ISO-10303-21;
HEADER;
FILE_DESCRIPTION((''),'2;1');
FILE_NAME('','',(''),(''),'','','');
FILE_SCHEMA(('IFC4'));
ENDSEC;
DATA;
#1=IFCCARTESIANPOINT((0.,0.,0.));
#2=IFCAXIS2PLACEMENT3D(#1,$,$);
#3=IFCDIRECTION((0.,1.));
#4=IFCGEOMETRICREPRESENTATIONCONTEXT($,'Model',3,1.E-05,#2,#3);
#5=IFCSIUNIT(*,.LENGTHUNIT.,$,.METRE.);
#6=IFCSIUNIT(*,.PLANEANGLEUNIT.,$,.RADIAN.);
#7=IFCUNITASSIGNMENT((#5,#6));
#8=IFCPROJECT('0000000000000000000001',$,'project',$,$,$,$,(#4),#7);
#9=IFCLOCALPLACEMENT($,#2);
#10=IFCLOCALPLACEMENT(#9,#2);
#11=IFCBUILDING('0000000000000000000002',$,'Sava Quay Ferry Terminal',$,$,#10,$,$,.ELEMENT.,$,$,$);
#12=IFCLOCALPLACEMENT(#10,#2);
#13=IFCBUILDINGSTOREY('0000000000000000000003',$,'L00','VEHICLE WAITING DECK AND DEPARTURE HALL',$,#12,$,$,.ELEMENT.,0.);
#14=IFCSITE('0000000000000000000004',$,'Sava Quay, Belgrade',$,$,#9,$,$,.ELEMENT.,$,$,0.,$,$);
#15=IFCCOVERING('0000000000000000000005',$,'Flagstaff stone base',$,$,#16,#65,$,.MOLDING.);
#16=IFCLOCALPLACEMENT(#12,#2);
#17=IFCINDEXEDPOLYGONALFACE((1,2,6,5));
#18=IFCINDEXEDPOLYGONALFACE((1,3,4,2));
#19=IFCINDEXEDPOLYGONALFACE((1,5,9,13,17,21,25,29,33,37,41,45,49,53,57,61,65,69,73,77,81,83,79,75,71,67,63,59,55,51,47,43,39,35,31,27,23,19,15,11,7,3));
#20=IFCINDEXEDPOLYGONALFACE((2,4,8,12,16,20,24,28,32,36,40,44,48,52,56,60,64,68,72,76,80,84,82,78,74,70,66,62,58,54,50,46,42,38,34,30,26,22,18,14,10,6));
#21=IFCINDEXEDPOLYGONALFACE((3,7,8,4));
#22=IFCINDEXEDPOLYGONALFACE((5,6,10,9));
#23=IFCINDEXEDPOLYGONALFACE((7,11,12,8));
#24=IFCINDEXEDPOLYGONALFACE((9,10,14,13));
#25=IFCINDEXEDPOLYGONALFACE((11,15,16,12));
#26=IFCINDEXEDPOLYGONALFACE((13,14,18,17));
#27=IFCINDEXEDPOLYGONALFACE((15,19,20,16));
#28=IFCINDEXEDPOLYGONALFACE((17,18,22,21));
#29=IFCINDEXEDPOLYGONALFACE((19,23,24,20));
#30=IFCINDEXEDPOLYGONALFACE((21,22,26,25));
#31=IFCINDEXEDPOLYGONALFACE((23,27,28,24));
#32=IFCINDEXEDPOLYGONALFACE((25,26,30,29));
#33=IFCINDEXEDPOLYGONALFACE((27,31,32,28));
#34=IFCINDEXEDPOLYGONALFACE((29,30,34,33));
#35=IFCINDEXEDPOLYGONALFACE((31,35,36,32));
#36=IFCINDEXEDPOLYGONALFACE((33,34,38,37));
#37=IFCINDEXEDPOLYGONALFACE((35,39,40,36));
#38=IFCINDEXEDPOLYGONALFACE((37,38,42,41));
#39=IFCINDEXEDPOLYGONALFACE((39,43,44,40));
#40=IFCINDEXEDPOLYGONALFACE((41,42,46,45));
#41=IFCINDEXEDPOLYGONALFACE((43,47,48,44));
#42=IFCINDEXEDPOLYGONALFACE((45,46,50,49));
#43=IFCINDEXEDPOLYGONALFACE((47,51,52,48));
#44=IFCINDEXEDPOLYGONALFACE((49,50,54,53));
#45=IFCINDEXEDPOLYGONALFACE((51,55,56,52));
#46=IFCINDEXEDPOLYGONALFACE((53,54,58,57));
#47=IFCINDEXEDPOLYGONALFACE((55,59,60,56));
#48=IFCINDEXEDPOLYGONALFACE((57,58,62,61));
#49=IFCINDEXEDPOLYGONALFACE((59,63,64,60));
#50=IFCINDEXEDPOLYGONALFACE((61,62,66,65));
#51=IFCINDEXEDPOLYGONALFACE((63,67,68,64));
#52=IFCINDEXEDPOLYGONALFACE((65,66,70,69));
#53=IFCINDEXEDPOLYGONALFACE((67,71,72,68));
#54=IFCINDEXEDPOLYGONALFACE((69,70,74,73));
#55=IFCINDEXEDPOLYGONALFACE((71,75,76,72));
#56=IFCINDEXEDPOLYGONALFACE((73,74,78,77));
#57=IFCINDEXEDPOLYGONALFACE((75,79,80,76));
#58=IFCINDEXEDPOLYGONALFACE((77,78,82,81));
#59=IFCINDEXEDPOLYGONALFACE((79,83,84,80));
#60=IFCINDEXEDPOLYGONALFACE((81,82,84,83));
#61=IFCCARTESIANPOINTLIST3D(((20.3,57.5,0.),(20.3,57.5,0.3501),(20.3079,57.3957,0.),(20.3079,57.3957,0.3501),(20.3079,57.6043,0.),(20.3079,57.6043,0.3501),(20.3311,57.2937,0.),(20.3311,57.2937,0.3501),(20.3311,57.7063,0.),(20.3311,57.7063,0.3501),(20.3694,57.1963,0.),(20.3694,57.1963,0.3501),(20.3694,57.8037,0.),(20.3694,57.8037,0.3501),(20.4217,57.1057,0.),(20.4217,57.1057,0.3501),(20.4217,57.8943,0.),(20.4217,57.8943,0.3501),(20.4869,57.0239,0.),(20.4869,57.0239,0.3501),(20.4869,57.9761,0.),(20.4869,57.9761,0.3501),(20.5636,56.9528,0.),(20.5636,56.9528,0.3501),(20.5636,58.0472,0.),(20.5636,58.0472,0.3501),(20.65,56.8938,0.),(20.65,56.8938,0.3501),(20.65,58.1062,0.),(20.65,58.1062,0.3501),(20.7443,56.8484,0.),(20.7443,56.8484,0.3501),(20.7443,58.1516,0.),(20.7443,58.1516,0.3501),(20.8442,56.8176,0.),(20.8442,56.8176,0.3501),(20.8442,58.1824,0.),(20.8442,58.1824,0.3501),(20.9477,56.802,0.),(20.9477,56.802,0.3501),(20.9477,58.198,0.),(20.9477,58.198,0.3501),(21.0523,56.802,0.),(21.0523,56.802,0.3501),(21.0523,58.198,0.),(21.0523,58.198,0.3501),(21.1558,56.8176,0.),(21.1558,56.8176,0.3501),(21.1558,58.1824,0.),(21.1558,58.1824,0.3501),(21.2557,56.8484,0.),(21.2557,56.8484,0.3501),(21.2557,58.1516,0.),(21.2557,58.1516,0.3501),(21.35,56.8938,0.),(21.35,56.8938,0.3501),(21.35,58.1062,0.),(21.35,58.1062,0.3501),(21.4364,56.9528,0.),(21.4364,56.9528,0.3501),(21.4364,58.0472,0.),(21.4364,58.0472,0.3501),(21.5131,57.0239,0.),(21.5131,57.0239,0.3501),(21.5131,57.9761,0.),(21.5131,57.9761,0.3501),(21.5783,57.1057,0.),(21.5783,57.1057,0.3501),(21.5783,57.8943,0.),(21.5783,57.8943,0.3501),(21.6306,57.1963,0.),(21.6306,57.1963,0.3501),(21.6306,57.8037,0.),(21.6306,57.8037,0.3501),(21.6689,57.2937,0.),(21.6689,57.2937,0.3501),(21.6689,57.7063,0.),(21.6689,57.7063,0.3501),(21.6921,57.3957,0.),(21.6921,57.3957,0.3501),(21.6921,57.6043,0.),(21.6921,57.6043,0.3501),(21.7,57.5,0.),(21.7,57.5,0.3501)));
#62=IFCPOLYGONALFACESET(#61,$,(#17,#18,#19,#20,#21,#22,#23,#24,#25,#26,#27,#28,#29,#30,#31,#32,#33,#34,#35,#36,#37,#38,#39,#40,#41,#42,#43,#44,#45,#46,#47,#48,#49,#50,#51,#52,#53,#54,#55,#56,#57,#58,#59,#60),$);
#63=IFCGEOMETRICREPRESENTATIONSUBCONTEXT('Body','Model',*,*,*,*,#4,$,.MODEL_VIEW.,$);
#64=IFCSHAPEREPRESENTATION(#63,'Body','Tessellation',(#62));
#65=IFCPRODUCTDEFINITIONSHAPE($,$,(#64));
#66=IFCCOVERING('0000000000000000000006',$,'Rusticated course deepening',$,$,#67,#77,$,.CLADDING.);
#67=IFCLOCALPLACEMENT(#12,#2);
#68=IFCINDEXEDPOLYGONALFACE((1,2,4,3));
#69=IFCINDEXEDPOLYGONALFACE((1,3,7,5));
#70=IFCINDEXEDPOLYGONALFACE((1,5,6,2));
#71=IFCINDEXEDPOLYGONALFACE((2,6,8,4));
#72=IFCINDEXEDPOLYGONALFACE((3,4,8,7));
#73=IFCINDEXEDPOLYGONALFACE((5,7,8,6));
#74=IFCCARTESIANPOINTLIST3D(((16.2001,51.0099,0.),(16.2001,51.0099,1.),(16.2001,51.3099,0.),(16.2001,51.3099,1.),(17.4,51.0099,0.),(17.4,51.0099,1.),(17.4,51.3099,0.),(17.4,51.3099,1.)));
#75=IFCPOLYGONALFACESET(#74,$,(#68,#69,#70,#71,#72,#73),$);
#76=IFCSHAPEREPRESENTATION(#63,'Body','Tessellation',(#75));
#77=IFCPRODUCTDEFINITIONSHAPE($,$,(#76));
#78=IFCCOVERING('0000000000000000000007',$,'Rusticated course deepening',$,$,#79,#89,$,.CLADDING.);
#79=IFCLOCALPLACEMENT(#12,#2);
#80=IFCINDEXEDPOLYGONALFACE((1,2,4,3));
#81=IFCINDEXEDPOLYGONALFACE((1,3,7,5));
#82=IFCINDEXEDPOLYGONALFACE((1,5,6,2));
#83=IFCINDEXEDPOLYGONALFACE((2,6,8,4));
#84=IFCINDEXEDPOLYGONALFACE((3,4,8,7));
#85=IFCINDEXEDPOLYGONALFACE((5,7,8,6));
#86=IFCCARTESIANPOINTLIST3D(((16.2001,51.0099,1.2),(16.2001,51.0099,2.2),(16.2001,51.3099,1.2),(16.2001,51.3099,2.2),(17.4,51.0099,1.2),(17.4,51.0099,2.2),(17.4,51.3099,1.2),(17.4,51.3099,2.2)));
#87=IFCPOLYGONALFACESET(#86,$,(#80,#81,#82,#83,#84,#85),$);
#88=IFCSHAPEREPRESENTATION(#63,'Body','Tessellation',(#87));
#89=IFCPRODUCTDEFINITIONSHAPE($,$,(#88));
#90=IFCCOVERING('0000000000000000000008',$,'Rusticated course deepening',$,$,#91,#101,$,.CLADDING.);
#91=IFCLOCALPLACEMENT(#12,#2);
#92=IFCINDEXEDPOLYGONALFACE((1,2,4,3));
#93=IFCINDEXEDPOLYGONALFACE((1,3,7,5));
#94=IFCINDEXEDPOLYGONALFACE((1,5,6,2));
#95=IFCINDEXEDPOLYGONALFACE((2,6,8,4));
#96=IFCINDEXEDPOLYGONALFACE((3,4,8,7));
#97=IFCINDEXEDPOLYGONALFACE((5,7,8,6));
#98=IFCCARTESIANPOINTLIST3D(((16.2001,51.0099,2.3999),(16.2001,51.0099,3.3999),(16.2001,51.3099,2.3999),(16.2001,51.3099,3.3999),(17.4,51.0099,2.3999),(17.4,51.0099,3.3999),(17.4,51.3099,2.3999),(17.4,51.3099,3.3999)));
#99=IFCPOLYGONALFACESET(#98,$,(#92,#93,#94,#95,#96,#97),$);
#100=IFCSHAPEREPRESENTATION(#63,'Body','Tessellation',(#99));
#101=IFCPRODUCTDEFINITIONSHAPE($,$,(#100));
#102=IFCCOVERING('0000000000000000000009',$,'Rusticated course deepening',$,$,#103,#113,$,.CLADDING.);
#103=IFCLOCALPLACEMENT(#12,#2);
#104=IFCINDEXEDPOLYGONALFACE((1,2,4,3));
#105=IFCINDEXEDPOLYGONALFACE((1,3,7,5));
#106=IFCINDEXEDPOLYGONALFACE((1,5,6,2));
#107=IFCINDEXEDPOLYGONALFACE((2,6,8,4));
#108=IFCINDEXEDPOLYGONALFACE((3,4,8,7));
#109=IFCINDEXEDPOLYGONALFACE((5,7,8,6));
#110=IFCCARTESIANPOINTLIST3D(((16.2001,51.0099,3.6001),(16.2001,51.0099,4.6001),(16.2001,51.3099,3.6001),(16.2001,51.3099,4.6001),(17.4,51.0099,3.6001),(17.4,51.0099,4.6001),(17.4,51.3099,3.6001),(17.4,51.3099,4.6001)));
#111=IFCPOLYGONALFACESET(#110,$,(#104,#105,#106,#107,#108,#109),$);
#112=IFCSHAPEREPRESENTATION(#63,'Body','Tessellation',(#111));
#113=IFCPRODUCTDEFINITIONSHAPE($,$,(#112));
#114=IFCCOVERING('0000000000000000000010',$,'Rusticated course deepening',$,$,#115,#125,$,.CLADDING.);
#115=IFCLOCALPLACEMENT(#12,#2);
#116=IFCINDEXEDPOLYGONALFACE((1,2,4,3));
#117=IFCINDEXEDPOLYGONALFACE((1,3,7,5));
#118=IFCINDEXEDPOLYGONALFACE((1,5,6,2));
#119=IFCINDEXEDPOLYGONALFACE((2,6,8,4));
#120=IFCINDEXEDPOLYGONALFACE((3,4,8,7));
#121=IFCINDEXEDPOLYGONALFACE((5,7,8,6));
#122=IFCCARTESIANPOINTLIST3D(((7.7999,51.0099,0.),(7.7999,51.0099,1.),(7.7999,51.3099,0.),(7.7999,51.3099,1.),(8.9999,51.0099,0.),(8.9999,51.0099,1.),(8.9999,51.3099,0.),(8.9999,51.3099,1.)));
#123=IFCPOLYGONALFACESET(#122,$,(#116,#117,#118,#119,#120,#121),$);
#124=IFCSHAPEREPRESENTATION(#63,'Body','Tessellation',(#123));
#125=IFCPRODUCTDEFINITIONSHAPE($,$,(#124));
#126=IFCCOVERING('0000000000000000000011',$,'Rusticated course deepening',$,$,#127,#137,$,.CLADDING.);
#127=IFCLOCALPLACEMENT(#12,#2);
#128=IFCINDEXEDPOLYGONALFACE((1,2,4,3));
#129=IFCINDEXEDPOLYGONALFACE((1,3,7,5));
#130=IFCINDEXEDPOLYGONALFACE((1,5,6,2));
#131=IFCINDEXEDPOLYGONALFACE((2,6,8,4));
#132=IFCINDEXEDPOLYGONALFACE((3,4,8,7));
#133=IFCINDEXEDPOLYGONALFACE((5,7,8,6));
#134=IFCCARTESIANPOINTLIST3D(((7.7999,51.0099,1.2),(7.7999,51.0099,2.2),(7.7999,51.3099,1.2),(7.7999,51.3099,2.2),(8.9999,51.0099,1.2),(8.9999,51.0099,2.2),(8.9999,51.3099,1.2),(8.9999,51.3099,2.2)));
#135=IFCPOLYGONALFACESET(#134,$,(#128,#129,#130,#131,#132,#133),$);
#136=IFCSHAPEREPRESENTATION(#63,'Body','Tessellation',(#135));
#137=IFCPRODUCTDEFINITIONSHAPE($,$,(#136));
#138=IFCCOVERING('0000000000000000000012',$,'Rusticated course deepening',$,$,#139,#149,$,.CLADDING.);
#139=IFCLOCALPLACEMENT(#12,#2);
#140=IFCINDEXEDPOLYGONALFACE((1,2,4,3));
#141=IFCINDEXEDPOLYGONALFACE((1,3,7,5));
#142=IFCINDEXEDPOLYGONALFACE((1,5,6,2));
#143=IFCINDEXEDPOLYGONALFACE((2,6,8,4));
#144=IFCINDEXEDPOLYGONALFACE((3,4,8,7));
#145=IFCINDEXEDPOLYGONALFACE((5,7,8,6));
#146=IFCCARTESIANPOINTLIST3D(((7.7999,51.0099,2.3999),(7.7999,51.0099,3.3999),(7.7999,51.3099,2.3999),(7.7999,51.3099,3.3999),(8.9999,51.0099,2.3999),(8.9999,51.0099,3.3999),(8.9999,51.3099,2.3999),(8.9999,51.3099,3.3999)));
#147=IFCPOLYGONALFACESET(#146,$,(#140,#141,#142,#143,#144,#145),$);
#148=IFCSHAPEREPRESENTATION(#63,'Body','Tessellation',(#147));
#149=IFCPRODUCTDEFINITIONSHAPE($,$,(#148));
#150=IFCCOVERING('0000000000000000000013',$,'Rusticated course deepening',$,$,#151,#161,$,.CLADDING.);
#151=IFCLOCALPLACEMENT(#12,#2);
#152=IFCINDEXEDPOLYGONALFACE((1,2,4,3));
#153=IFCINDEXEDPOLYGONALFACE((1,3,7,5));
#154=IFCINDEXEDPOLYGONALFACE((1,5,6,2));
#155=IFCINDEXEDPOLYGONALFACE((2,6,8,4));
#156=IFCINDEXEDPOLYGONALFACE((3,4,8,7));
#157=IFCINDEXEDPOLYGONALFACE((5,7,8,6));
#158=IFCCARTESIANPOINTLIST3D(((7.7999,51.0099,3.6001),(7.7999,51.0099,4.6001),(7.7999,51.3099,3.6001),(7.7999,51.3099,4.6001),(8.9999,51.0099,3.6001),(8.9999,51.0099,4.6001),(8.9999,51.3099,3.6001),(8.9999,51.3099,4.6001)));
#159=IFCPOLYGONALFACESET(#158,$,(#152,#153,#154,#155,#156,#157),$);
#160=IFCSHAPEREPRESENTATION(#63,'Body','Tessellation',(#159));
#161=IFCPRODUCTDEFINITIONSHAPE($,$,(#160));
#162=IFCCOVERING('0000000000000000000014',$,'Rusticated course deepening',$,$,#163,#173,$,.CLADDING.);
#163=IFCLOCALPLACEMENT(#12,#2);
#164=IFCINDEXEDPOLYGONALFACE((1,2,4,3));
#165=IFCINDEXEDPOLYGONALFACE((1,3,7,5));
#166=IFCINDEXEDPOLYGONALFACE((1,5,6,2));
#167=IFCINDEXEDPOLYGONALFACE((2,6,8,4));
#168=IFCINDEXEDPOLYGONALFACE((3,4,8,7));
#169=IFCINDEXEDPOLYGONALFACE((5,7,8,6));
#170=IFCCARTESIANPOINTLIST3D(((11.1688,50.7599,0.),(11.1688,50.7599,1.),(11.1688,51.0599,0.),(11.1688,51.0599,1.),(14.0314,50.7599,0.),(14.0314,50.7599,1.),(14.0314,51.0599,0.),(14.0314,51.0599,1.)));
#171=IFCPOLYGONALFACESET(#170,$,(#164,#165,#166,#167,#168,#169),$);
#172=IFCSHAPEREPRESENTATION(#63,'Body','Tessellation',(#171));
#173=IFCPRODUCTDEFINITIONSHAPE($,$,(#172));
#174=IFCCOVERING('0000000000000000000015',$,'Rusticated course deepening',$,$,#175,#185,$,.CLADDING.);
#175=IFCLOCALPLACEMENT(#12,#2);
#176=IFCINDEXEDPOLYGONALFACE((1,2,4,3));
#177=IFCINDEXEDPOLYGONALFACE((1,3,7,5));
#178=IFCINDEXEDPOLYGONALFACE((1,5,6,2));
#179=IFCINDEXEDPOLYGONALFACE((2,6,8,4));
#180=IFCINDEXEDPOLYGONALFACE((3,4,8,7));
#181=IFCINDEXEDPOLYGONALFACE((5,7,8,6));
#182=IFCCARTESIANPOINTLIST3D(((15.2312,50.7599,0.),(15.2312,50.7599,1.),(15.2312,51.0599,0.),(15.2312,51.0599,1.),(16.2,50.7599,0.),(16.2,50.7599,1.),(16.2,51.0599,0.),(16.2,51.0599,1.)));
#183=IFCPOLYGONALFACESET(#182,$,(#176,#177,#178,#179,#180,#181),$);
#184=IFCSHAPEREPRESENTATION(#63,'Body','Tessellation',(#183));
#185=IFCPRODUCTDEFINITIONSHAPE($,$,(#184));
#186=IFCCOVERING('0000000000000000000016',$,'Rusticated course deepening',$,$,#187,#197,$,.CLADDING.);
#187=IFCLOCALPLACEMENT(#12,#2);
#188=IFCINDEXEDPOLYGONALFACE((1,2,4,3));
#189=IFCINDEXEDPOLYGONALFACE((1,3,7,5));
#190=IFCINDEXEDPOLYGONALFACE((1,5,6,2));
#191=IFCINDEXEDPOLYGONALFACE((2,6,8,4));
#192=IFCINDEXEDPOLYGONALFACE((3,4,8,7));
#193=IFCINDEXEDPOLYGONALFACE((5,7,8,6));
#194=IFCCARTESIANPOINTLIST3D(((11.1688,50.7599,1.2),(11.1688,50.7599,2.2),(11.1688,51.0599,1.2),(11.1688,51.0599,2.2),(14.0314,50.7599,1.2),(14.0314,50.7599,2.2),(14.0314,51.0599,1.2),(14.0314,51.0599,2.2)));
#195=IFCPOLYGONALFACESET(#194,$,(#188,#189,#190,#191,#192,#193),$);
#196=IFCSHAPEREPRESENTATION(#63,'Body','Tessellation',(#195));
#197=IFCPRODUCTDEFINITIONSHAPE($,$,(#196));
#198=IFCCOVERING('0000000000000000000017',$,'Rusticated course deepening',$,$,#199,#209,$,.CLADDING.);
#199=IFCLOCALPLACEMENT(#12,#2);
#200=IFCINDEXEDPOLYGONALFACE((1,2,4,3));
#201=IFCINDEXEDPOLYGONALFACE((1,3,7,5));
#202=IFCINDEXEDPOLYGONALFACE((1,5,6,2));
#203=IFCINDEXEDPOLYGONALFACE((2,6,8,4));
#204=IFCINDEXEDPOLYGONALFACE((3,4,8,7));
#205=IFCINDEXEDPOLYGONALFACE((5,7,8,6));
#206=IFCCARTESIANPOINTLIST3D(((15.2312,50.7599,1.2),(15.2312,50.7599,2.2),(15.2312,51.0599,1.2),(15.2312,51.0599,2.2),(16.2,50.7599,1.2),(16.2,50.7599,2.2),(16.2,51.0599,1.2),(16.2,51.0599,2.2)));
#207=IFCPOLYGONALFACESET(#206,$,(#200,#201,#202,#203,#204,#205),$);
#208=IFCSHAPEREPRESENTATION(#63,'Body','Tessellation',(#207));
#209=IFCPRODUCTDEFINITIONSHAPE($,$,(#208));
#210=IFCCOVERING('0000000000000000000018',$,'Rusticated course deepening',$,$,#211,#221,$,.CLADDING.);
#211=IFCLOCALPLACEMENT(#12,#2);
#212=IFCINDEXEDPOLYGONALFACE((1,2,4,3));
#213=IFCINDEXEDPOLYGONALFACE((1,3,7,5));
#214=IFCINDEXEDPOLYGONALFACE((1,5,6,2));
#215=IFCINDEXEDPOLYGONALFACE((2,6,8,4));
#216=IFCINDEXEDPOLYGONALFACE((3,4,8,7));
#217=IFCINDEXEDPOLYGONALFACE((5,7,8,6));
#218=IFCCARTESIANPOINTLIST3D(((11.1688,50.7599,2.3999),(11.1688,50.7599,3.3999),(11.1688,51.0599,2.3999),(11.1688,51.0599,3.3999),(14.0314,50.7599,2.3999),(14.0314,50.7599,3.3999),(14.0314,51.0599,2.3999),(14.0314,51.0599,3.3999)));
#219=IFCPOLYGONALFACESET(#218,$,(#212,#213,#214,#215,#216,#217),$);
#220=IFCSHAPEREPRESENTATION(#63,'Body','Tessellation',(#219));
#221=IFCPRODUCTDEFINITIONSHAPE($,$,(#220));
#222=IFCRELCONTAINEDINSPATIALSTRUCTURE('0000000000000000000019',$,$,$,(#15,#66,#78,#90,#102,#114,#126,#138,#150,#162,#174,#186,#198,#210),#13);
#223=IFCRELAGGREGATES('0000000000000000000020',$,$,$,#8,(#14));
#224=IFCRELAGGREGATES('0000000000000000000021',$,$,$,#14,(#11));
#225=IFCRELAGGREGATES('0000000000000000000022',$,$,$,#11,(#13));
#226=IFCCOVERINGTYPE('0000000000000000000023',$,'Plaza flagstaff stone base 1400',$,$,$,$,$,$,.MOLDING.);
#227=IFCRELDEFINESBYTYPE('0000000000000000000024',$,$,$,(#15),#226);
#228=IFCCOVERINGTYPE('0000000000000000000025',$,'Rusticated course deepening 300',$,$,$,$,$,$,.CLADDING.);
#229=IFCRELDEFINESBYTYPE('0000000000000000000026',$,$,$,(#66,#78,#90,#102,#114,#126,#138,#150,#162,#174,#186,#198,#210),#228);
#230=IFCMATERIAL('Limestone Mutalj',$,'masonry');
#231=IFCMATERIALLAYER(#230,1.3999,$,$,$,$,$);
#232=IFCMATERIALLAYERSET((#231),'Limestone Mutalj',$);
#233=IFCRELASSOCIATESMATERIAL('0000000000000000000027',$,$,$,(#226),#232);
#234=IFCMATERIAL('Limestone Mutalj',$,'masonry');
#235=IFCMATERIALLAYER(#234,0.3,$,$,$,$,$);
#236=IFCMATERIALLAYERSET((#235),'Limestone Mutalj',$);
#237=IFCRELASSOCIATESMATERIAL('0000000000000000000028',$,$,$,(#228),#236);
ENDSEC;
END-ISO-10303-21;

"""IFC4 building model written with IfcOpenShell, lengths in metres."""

from ifc_helpers import new_model, si_unit, direction, frame, origin, origin_2d, place, context, subcontext, project, spatial, rectangle, circle, extrude, material, layer, layer_set, type_object, element, save


model = new_model("IFC4")

# Units and contexts
model_context = context("Model", 3, precision=1e-05, world=origin(), true_north=direction((0.0, 1.0)))
body_context = subcontext(model_context, "Body", "Model", "MODEL_VIEW")
ifc_project = project(units=[si_unit("LENGTHUNIT", "METRE"), si_unit("PLANEANGLEUNIT", "RADIAN")], contexts=[model_context])

# Site, building, storey
site_placement = place(None, origin())
site = spatial("IfcSite", under=ifc_project, at=site_placement, Name="Sava Quay, Belgrade", CompositionType="ELEMENT", RefElevation=0.0)
building_placement = place(site_placement, origin())
building = spatial("IfcBuilding", under=site, at=building_placement, Name="Sava Quay Ferry Terminal", CompositionType="ELEMENT")
storey_placement = place(building_placement, origin())
storey = spatial("IfcBuildingStorey", under=building, at=storey_placement, Name="L00", Description="VEHICLE WAITING DECK AND DEPARTURE HALL", CompositionType="ELEMENT", Elevation=0.0)

# Coverings
ifc_material_1 = material(Name="Limestone Mutalj", Category="masonry")
ifc_layer_1 = layer(ifc_material_1, 1.3999)
ifc_layer_set_1 = layer_set([ifc_layer_1], Name="Limestone Mutalj")
covering_type_1 = type_object("IfcCoveringType", Name="Plaza flagstaff stone base 1400", PredefinedType="MOLDING", material=ifc_layer_set_1)
covering_1_placement = place(storey_placement, frame((21.0, 57.5, 0.3501), z_axis=(0.0, 0.0, -1.0), x_axis=(1.0, 0.0, 0.0)))
element("IfcCovering", 1, at=covering_1_placement, inside=storey, type_object=covering_type_1, Name="Flagstaff stone base", PredefinedType="MOLDING", context=body_context, shape_type="SweptSolid", body=[
    extrude(circle(Radius=0.7, at=origin_2d()), origin(), (0.0, 0.0, 1.0), 0.3501),
])
ifc_material_2 = material(Name="Limestone Mutalj", Category="masonry")
ifc_layer_2 = layer(ifc_material_2, 0.3)
ifc_layer_set_2 = layer_set([ifc_layer_2], Name="Limestone Mutalj")
covering_type_2 = type_object("IfcCoveringType", Name="Rusticated course deepening 300", PredefinedType="CLADDING", material=ifc_layer_set_2)
for number, where, z_axis, x_axis, name in (
    (2, (16.8, 51.1599, 0.0), (0.0, 0.0, 1.0), (1.0, 0.0, 0.0), "Rusticated course deepening"),
    (3, (16.8, 51.1599, 1.2), (0.0, 0.0, 1.0), (1.0, 0.0, 0.0), "Rusticated course deepening"),
    (4, (16.8, 51.1599, 2.3999), (0.0, 0.0, 1.0), (1.0, 0.0, 0.0), "Rusticated course deepening"),
    (5, (16.8, 51.1599, 3.6001), (0.0, 0.0, 1.0), (1.0, 0.0, 0.0), "Rusticated course deepening"),
    (6, (8.3999, 51.1599, 0.0), (0.0, 0.0, 1.0), (1.0, 0.0, 0.0), "Rusticated course deepening"),
    (7, (8.3999, 51.1599, 1.2), (0.0, 0.0, 1.0), (1.0, 0.0, 0.0), "Rusticated course deepening"),
    (8, (8.3999, 51.1599, 2.3999), (0.0, 0.0, 1.0), (1.0, 0.0, 0.0), "Rusticated course deepening"),
    (9, (8.3999, 51.1599, 3.6001), (0.0, 0.0, 1.0), (1.0, 0.0, 0.0), "Rusticated course deepening"),
):
    element("IfcCovering", number, at=place(storey_placement, frame(where, z_axis=z_axis, x_axis=x_axis)), inside=storey, type_object=covering_type_2, Name=name, PredefinedType="CLADDING", context=body_context, shape_type="SweptSolid", body=[
        extrude(rectangle(XDim=1.2, YDim=0.3, at=origin_2d()), origin(), (0.0, 0.0, 1.0), 1.0),
    ])
covering_2_placement = place(storey_placement, frame((12.6001, 50.9099, 0.0), z_axis=(0.0, 0.0, 1.0), x_axis=(1.0, 0.0, 0.0)))
element("IfcCovering", 10, at=covering_2_placement, inside=storey, type_object=covering_type_2, Name="Rusticated course deepening", PredefinedType="CLADDING", context=body_context, shape_type="SweptSolid", body=[
    extrude(rectangle(XDim=2.8625, YDim=0.3, at=origin_2d()), origin(), (0.0, 0.0, 1.0), 1.0),
])
covering_3_placement = place(storey_placement, frame((15.7156, 50.9099, 0.0), z_axis=(0.0, 0.0, 1.0), x_axis=(1.0, 0.0, 0.0)))
element("IfcCovering", 11, at=covering_3_placement, inside=storey, type_object=covering_type_2, Name="Rusticated course deepening", PredefinedType="CLADDING", context=body_context, shape_type="SweptSolid", body=[
    extrude(rectangle(XDim=0.9688, YDim=0.3, at=origin_2d()), origin(), (0.0, 0.0, 1.0), 1.0),
])
covering_4_placement = place(storey_placement, frame((12.6001, 50.9099, 1.2), z_axis=(0.0, 0.0, 1.0), x_axis=(1.0, 0.0, 0.0)))
element("IfcCovering", 12, at=covering_4_placement, inside=storey, type_object=covering_type_2, Name="Rusticated course deepening", PredefinedType="CLADDING", context=body_context, shape_type="SweptSolid", body=[
    extrude(rectangle(XDim=2.8625, YDim=0.3, at=origin_2d()), origin(), (0.0, 0.0, 1.0), 1.0),
])
covering_5_placement = place(storey_placement, frame((15.7156, 50.9099, 1.2), z_axis=(0.0, 0.0, 1.0), x_axis=(1.0, 0.0, 0.0)))
element("IfcCovering", 13, at=covering_5_placement, inside=storey, type_object=covering_type_2, Name="Rusticated course deepening", PredefinedType="CLADDING", context=body_context, shape_type="SweptSolid", body=[
    extrude(rectangle(XDim=0.9688, YDim=0.3, at=origin_2d()), origin(), (0.0, 0.0, 1.0), 1.0),
])
covering_6_placement = place(storey_placement, frame((12.6001, 50.9099, 2.3999), z_axis=(0.0, 0.0, 1.0), x_axis=(1.0, 0.0, 0.0)))
element("IfcCovering", 14, at=covering_6_placement, inside=storey, type_object=covering_type_2, Name="Rusticated course deepening", PredefinedType="CLADDING", context=body_context, shape_type="SweptSolid", body=[
    extrude(rectangle(XDim=2.8625, YDim=0.3, at=origin_2d()), origin(), (0.0, 0.0, 1.0), 1.0),
])

save(model, "model.ifc")
